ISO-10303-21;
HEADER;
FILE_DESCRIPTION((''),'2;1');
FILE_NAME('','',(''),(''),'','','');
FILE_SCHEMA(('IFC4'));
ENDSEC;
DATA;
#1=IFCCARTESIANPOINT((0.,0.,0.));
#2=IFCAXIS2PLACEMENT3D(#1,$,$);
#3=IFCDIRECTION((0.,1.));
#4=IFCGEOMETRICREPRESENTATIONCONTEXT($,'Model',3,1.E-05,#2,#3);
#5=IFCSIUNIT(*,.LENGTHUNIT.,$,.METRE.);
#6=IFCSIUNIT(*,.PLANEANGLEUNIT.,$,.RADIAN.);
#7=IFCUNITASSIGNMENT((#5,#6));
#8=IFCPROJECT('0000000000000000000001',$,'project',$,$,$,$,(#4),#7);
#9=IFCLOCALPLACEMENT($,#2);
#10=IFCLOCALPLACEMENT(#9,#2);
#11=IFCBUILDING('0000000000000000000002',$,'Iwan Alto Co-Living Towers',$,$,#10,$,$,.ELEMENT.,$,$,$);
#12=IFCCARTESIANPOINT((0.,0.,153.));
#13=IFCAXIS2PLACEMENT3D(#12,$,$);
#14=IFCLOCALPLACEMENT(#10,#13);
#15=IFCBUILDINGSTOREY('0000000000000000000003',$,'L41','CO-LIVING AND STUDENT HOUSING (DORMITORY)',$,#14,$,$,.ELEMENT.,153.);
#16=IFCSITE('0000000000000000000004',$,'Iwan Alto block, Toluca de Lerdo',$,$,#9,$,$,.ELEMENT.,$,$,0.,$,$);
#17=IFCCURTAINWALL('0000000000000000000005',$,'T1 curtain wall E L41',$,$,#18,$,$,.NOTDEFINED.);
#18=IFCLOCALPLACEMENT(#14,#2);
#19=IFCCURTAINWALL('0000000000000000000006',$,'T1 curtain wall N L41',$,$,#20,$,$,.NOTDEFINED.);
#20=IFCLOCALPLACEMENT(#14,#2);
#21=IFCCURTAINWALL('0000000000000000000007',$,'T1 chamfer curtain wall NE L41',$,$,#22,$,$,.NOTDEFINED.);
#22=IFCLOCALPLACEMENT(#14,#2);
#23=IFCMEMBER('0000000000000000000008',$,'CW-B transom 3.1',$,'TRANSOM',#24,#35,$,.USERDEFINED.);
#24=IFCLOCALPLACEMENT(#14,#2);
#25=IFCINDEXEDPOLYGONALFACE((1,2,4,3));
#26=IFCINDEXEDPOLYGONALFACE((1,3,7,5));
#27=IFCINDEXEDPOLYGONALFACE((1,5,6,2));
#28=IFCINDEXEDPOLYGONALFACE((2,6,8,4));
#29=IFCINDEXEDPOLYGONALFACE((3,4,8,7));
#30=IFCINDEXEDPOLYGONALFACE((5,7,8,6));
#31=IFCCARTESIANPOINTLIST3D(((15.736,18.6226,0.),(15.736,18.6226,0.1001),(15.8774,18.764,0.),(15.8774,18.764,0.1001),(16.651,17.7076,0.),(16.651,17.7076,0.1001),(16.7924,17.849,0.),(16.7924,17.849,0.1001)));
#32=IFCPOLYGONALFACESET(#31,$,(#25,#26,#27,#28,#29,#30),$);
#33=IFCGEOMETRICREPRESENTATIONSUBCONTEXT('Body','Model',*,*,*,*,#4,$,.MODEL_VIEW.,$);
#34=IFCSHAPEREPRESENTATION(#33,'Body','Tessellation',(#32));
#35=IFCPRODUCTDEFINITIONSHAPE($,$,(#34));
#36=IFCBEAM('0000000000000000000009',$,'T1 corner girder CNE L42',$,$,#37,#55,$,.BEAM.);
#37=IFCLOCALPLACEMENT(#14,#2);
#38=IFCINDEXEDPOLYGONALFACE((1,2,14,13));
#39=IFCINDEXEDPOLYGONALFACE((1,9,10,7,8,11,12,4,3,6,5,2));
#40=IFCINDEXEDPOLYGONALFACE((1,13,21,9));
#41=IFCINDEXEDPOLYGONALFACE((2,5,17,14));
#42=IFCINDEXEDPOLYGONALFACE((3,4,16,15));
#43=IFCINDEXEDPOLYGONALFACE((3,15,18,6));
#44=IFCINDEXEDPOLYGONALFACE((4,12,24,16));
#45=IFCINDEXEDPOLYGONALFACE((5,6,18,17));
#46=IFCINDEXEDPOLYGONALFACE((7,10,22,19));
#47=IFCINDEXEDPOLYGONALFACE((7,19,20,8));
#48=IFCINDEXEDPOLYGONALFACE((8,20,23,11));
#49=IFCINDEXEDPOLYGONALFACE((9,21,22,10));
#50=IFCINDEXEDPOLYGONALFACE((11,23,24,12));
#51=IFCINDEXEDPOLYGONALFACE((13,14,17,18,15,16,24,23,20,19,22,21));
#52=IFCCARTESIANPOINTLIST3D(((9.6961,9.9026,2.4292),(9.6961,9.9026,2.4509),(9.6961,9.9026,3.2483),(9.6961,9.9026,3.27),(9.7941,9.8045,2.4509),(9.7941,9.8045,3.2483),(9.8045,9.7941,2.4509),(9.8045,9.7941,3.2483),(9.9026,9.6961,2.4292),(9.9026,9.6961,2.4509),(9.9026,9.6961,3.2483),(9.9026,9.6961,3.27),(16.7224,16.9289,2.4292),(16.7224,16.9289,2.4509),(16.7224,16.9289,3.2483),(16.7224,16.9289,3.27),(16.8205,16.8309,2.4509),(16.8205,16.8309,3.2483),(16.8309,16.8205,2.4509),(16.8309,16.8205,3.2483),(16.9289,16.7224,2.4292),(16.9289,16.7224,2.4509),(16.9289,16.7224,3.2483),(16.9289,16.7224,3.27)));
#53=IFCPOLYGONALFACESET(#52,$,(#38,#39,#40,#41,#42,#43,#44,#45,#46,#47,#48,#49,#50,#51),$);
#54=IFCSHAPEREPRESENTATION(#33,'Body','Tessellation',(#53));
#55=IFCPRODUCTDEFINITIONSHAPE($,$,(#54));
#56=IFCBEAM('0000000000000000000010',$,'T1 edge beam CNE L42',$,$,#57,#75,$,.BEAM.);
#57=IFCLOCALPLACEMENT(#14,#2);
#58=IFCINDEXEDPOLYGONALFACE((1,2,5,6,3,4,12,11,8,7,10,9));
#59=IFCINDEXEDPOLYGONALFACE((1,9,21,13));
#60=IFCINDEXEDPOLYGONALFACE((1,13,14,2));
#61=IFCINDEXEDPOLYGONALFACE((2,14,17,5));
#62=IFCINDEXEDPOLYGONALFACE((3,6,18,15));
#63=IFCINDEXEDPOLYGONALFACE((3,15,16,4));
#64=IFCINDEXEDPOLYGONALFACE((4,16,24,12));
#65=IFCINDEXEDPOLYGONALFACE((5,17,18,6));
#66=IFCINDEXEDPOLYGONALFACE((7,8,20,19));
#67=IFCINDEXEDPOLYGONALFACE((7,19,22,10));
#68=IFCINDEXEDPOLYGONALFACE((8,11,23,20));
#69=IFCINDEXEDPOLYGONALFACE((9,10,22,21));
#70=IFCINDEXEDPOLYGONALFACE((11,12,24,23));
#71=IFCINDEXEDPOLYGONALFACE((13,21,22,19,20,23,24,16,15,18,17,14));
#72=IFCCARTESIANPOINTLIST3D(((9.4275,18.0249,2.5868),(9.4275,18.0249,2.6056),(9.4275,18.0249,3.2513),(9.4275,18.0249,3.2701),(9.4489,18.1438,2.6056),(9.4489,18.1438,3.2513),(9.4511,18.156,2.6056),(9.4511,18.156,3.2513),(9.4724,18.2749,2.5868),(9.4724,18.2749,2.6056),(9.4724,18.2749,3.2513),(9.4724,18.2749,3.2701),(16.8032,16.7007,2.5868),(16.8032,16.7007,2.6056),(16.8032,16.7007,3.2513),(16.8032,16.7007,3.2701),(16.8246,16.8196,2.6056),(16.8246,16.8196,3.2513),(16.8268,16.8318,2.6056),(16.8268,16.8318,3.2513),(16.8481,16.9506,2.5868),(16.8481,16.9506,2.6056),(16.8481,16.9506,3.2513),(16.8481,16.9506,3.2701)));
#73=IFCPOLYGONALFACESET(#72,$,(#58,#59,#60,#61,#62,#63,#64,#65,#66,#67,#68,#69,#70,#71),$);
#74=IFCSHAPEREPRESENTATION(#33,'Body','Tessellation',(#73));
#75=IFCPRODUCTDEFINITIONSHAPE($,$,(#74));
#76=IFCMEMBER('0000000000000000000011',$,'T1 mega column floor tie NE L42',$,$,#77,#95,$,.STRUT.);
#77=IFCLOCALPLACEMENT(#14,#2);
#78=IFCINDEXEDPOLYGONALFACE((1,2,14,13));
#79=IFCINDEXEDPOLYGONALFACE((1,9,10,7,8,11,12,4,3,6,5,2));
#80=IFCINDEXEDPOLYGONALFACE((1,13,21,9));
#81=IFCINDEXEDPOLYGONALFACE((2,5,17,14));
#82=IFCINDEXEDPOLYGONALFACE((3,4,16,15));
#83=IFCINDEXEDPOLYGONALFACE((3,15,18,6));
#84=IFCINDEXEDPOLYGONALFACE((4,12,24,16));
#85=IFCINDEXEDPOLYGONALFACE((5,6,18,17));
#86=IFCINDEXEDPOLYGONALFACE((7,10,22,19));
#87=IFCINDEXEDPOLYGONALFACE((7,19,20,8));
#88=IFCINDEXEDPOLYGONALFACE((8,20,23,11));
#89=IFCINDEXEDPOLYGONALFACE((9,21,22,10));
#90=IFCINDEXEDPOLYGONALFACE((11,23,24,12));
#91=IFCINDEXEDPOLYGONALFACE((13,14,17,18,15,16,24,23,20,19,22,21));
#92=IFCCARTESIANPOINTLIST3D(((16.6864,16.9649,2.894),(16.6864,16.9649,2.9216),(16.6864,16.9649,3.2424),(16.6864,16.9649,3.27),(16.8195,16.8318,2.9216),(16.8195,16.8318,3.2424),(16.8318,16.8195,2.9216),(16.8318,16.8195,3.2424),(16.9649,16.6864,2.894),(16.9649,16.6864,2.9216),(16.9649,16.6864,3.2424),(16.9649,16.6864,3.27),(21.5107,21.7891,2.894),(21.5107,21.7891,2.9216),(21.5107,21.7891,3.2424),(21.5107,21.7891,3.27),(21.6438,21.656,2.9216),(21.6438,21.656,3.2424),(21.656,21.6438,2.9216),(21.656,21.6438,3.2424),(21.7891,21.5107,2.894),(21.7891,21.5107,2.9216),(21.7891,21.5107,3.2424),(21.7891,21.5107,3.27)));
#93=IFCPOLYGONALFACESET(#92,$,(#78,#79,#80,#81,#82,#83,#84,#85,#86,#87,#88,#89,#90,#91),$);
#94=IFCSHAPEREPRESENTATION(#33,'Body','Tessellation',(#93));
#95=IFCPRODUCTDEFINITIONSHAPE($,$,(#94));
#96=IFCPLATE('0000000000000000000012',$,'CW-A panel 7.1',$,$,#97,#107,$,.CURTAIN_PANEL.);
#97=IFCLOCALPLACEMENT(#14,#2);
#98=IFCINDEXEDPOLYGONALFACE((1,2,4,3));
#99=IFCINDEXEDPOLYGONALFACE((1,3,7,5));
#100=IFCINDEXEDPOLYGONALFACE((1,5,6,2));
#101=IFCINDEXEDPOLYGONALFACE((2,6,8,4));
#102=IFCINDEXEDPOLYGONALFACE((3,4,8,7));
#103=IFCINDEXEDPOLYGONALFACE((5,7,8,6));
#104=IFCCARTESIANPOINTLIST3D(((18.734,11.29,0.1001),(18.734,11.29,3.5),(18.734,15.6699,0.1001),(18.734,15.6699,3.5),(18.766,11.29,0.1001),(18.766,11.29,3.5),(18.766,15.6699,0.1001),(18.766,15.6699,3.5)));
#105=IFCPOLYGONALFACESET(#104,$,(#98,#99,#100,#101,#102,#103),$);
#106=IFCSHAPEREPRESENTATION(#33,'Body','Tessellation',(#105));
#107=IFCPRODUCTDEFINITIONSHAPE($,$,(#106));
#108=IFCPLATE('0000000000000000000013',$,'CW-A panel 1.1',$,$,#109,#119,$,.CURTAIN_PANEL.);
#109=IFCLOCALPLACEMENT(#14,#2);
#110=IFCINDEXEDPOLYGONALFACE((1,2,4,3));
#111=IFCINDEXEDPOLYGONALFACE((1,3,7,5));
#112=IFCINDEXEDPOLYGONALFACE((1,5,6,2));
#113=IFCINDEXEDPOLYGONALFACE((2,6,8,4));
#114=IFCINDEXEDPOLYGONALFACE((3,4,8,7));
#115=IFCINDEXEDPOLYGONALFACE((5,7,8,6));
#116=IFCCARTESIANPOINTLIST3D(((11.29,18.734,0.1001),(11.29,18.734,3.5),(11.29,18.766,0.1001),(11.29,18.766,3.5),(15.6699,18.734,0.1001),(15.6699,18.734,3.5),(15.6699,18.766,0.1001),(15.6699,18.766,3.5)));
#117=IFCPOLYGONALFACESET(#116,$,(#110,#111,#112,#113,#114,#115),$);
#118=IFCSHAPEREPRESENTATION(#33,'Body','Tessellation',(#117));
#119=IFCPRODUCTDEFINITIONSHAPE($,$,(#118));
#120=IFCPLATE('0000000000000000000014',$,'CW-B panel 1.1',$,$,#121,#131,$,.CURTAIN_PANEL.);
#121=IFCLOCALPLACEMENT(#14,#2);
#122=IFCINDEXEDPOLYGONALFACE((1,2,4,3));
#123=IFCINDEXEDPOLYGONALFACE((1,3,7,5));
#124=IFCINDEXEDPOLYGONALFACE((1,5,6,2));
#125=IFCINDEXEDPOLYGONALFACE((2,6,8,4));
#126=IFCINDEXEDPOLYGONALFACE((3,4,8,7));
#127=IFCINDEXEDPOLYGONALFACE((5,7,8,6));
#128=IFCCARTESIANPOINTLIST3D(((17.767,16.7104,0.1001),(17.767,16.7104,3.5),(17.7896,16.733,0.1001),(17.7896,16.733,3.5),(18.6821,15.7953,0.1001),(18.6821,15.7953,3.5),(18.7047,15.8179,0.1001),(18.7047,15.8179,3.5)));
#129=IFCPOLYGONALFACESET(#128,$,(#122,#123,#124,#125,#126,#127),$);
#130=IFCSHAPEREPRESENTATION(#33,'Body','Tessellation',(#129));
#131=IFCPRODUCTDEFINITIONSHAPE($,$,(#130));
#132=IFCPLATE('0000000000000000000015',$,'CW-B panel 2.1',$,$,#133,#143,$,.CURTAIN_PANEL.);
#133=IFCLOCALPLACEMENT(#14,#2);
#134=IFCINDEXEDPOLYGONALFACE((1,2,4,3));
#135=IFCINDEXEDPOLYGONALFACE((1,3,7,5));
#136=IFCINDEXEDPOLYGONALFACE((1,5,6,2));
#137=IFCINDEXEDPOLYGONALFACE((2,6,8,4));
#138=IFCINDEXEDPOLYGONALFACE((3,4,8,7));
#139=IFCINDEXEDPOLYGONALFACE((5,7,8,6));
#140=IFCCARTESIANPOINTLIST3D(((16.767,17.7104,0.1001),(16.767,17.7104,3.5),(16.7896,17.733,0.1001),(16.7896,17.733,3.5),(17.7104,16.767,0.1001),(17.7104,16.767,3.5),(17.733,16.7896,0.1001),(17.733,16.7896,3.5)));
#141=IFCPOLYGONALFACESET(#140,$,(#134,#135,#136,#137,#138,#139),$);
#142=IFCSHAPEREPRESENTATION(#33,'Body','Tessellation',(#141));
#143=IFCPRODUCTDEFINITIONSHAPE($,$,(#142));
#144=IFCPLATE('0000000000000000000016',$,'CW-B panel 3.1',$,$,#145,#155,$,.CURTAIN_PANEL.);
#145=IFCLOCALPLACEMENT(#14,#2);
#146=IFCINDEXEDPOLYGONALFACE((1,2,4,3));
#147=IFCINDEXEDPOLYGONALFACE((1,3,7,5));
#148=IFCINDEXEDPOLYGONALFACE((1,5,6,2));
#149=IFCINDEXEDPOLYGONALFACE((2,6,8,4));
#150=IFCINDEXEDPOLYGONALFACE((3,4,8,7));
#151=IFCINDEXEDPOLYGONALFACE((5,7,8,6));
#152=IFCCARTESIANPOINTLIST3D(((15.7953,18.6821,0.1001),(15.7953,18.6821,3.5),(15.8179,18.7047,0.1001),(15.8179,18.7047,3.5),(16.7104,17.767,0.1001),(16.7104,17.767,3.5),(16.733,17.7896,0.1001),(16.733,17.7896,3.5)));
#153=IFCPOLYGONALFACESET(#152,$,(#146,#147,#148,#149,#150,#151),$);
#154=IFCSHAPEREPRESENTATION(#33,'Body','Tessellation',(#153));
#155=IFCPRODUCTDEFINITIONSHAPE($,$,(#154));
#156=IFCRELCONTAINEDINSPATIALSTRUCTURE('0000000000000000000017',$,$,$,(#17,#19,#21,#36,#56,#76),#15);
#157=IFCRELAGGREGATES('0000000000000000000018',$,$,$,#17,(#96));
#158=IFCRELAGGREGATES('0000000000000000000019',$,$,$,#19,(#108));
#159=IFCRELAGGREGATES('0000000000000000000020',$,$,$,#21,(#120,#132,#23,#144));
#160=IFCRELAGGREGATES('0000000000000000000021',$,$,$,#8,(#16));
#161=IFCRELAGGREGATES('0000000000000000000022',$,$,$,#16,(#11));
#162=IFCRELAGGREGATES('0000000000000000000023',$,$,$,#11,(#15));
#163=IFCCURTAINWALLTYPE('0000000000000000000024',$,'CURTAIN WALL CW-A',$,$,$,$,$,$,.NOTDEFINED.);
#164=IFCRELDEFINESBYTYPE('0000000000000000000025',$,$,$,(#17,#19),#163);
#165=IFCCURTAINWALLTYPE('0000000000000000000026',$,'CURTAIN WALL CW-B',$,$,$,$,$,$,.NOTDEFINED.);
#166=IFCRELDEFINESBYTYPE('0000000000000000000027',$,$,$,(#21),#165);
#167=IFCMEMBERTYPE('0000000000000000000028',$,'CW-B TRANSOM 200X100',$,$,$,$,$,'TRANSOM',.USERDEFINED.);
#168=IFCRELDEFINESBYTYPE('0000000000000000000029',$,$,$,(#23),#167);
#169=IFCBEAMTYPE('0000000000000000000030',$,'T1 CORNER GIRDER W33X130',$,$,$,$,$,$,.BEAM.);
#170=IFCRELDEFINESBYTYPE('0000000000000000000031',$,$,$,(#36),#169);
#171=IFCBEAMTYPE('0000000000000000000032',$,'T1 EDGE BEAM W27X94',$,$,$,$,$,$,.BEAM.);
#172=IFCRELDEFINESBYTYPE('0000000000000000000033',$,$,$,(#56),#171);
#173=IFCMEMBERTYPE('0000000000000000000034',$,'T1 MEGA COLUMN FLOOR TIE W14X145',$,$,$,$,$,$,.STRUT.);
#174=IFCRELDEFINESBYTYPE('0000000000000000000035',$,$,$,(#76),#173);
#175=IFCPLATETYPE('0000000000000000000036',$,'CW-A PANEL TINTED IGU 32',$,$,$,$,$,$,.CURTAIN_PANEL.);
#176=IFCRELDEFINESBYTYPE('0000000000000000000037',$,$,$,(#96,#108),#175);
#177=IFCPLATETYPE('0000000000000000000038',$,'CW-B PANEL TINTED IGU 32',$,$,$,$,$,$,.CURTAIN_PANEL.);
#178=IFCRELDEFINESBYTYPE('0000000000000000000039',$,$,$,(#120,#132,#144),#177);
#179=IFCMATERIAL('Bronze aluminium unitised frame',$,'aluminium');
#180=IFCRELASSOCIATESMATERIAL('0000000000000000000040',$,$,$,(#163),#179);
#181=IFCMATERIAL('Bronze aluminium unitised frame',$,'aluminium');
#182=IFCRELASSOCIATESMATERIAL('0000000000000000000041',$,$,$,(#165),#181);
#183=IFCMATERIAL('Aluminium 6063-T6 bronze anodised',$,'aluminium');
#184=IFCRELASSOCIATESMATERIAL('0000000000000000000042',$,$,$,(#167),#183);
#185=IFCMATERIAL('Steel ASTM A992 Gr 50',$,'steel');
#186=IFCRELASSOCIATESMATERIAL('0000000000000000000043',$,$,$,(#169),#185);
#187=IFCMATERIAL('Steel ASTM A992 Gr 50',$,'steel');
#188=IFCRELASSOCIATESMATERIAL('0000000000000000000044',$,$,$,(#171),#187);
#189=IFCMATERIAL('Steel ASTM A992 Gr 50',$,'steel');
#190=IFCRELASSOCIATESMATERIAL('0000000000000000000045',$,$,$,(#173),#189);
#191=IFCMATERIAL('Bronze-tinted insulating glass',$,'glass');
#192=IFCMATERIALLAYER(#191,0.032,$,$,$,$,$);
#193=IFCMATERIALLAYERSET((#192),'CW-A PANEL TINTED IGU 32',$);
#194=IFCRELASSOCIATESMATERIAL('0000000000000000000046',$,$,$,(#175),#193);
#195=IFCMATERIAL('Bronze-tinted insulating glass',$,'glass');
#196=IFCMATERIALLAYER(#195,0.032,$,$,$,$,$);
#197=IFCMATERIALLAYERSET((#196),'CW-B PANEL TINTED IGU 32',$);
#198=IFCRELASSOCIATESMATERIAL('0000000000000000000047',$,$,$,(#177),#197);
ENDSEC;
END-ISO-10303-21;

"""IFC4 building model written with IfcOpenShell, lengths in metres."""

from ifc_helpers import new_model, si_unit, direction, frame, origin, origin_2d, place, context, subcontext, project, spatial, rectangle, i_section, extrude, material, layer, layer_set, material_profile, profile_set, type_object, element, aggregate, save


model = new_model("IFC4")

# Units and contexts
model_context = context("Model", 3, precision=1e-05, world=origin(), true_north=direction((0.0, 1.0)))
body_context = subcontext(model_context, "Body", "Model", "MODEL_VIEW")
ifc_project = project(units=[si_unit("LENGTHUNIT", "METRE"), si_unit("PLANEANGLEUNIT", "RADIAN")], contexts=[model_context])

# Site, building, storey
site_placement = place(None, origin())
site = spatial("IfcSite", under=ifc_project, at=site_placement, Name="Iwan Alto block, Toluca de Lerdo", CompositionType="ELEMENT", RefElevation=0.0)
building_placement = place(site_placement, origin())
building = spatial("IfcBuilding", under=site, at=building_placement, Name="Iwan Alto Co-Living Towers", CompositionType="ELEMENT")
storey_placement = place(building_placement, frame((0.0, 0.0, 153.0)))
storey = spatial("IfcBuildingStorey", under=building, at=storey_placement, Name="L41", Description="CO-LIVING AND STUDENT HOUSING (DORMITORY)", CompositionType="ELEMENT", Elevation=153.0)

# Curtain walls
ifc_material_1 = material(Name="Bronze aluminium unitised frame", Category="aluminium")
curtain_wall_type_1 = type_object("IfcCurtainWallType", Name="CURTAIN WALL CW-A", PredefinedType="NOTDEFINED", material=ifc_material_1)
curtain_wall_1_placement = place(storey_placement, origin())
curtain_wall_1 = element("IfcCurtainWall", 1, at=curtain_wall_1_placement, inside=storey, type_object=curtain_wall_type_1, Name="T1 curtain wall E L41", PredefinedType="NOTDEFINED")
curtain_wall_2_placement = place(storey_placement, origin())
curtain_wall_2 = element("IfcCurtainWall", 2, at=curtain_wall_2_placement, inside=storey, type_object=curtain_wall_type_1, Name="T1 curtain wall N L41", PredefinedType="NOTDEFINED")

# Curtain wall, member
ifc_material_2 = material(Name="Bronze aluminium unitised frame", Category="aluminium")
curtain_wall_type_2 = type_object("IfcCurtainWallType", Name="CURTAIN WALL CW-B", PredefinedType="NOTDEFINED", material=ifc_material_2)
curtain_wall_3_placement = place(storey_placement, origin())
curtain_wall_3 = element("IfcCurtainWall", 3, at=curtain_wall_3_placement, inside=storey, type_object=curtain_wall_type_2, Name="T1 chamfer curtain wall NE L41", PredefinedType="NOTDEFINED")
ifc_material_3 = material(Name="Aluminium 6063-T6 bronze anodised", Category="aluminium")
ifc_material_profile_1 = material_profile(ifc_material_3, rectangle(XDim=0.2, YDim=0.1001, at=origin_2d()), Name="AL 200X100")
ifc_profile_set_1 = profile_set([ifc_material_profile_1], Name="Aluminium 6063-T6 bronze anodised")
member_type_1 = type_object("IfcMemberType", Name="CW-B TRANSOM 200X100", ElementType="TRANSOM", PredefinedType="USERDEFINED", material=ifc_profile_set_1)
member_1_placement = place(storey_placement, frame((16.7217, 17.7783, 0.05), z_axis=(-0.707107, 0.707107, 0.0), x_axis=(-0.707107, -0.707107, 0.0)))
member_1 = element("IfcMember", 4, at=member_1_placement, type_object=member_type_1, Name="CW-B transom 3.1", ObjectType="TRANSOM", PredefinedType="USERDEFINED", context=body_context, shape_type="SweptSolid", body=[
    extrude(rectangle(XDim=0.2, YDim=0.1001, at=origin_2d()), origin(), (0.0, 0.0, 1.0), 1.2939),
])

# Beams
ifc_material_4 = material(Name="Steel ASTM A992 Gr 50", Category="steel")
ifc_material_profile_2 = material_profile(ifc_material_4, i_section(OverallWidth=0.292, OverallDepth=0.8408, WebThickness=0.0146, FlangeThickness=0.0217, at=origin_2d()), Name="W33X130")
ifc_profile_set_2 = profile_set([ifc_material_profile_2], Name="Steel ASTM A992 Gr 50")
beam_type_1 = type_object("IfcBeamType", Name="T1 CORNER GIRDER W33X130", PredefinedType="BEAM", material=ifc_profile_set_2)
beam_1_placement = place(storey_placement, frame((16.8257, 16.8257, 2.8496), z_axis=(-0.707107, -0.707107, 0.0), x_axis=(0.707107, -0.707107, 0.0)))
element("IfcBeam", 5, at=beam_1_placement, inside=storey, type_object=beam_type_1, Name="T1 corner girder CNE L42", PredefinedType="BEAM", context=body_context, shape_type="SweptSolid", body=[
    extrude(i_section(OverallWidth=0.292, OverallDepth=0.8408, WebThickness=0.0146, FlangeThickness=0.0217, at=origin_2d()), origin(), (0.0, 0.0, 1.0), 9.9368),
])
ifc_material_5 = material(Name="Steel ASTM A992 Gr 50", Category="steel")
ifc_material_profile_3 = material_profile(ifc_material_5, i_section(OverallWidth=0.2539, OverallDepth=0.6833, WebThickness=0.0125, FlangeThickness=0.0188, at=origin_2d()), Name="W27X94")
ifc_profile_set_3 = profile_set([ifc_material_profile_3], Name="Steel ASTM A992 Gr 50")
beam_type_2 = type_object("IfcBeamType", Name="T1 EDGE BEAM W27X94", PredefinedType="BEAM", material=ifc_profile_set_3)
beam_2_placement = place(storey_placement, frame((16.8257, 16.8257, 2.9285), z_axis=(-0.984263, 0.176712, 0.0), x_axis=(-0.176712, -0.984263, 0.0)))
element("IfcBeam", 6, at=beam_2_placement, inside=storey, type_object=beam_type_2, Name="T1 edge beam CNE L42", PredefinedType="BEAM", context=body_context, shape_type="SweptSolid", body=[
    extrude(i_section(OverallWidth=0.2539, OverallDepth=0.6833, WebThickness=0.0125, FlangeThickness=0.0188, at=origin_2d()), origin(), (0.0, 0.0, 1.0), 7.4937),
])

# Member
ifc_material_6 = material(Name="Steel ASTM A992 Gr 50", Category="steel")
ifc_material_profile_4 = material_profile(ifc_material_6, i_section(OverallWidth=0.3938, OverallDepth=0.376, WebThickness=0.0173, FlangeThickness=0.0276, at=origin_2d()), Name="W14X145")
ifc_profile_set_4 = profile_set([ifc_material_profile_4], Name="Steel ASTM A992 Gr 50")
member_type_2 = type_object("IfcMemberType", Name="T1 MEGA COLUMN FLOOR TIE W14X145", PredefinedType="STRUT", material=ifc_profile_set_4)
member_2_placement = place(storey_placement, frame((21.6499, 21.6499, 3.082), z_axis=(-0.707107, -0.707107, 0.0), x_axis=(0.707107, -0.707107, 0.0)))
element("IfcMember", 7, at=member_2_placement, inside=storey, type_object=member_type_2, Name="T1 mega column floor tie NE L42", PredefinedType="STRUT", context=body_context, shape_type="SweptSolid", body=[
    extrude(i_section(OverallWidth=0.3938, OverallDepth=0.376, WebThickness=0.0173, FlangeThickness=0.0276, at=origin_2d()), origin(), (0.0, 0.0, 1.0), 6.8225),
])

# Plates
ifc_material_7 = material(Name="Bronze-tinted insulating glass", Category="glass")
ifc_layer_1 = layer(ifc_material_7, 0.032)
ifc_layer_set_1 = layer_set([ifc_layer_1], Name="CW-A PANEL TINTED IGU 32")
plate_type_1 = type_object("IfcPlateType", Name="CW-A PANEL TINTED IGU 32", PredefinedType="CURTAIN_PANEL", material=ifc_layer_set_1)
plate_1_placement = place(storey_placement, frame((18.75, 13.48, 0.1001), z_axis=(0.0, 0.0, 1.0), x_axis=(0.0, 1.0, 0.0)))
plate_1 = element("IfcPlate", 8, at=plate_1_placement, type_object=plate_type_1, Name="CW-A panel 7.1", PredefinedType="CURTAIN_PANEL", context=body_context, shape_type="SweptSolid", body=[
    extrude(rectangle(XDim=4.3799, YDim=0.032, at=origin_2d()), origin(), (0.0, 0.0, 1.0), 3.3999),
])
aggregate(curtain_wall_1, [plate_1])
plate_2_placement = place(storey_placement, frame((13.48, 18.75, 0.1001), z_axis=(0.0, 0.0, 1.0), x_axis=(-1.0, 0.0, 0.0)))
plate_2 = element("IfcPlate", 9, at=plate_2_placement, type_object=plate_type_1, Name="CW-A panel 1.1", PredefinedType="CURTAIN_PANEL", context=body_context, shape_type="SweptSolid", body=[
    extrude(rectangle(XDim=4.3799, YDim=0.032, at=origin_2d()), origin(), (0.0, 0.0, 1.0), 3.3999),
])
aggregate(curtain_wall_2, [plate_2])
ifc_material_8 = material(Name="Bronze-tinted insulating glass", Category="glass")
ifc_layer_2 = layer(ifc_material_8, 0.032)
ifc_layer_set_2 = layer_set([ifc_layer_2], Name="CW-B PANEL TINTED IGU 32")
plate_type_2 = type_object("IfcPlateType", Name="CW-B PANEL TINTED IGU 32", PredefinedType="CURTAIN_PANEL", material=ifc_layer_set_2)
plate_3_placement = place(storey_placement, frame((18.2358, 16.2642, 0.1001), z_axis=(0.0, 0.0, 1.0), x_axis=(-0.707107, 0.707107, 0.0)))
plate_3 = element("IfcPlate", 10, at=plate_3_placement, type_object=plate_type_2, Name="CW-B panel 1.1", PredefinedType="CURTAIN_PANEL", context=body_context, shape_type="SweptSolid", body=[
    extrude(rectangle(XDim=1.2942, YDim=0.032, at=origin_2d()), origin(), (0.0, 0.0, 1.0), 3.3999),
])
plate_4_placement = place(storey_placement, frame((17.25, 17.25, 0.1001), z_axis=(0.0, 0.0, 1.0), x_axis=(-0.707107, 0.707107, 0.0)))
plate_4 = element("IfcPlate", 11, at=plate_4_placement, type_object=plate_type_2, Name="CW-B panel 2.1", PredefinedType="CURTAIN_PANEL", context=body_context, shape_type="SweptSolid", body=[
    extrude(rectangle(XDim=1.3342, YDim=0.032, at=origin_2d()), origin(), (0.0, 0.0, 1.0), 3.3999),
])
plate_5_placement = place(storey_placement, frame((16.2642, 18.2358, 0.1001), z_axis=(0.0, 0.0, 1.0), x_axis=(-0.707107, 0.707107, 0.0)))
plate_5 = element("IfcPlate", 12, at=plate_5_placement, type_object=plate_type_2, Name="CW-B panel 3.1", PredefinedType="CURTAIN_PANEL", context=body_context, shape_type="SweptSolid", body=[
    extrude(rectangle(XDim=1.2942, YDim=0.032, at=origin_2d()), origin(), (0.0, 0.0, 1.0), 3.3999),
])
aggregate(curtain_wall_3, [plate_3, plate_4, member_1, plate_5])

save(model, "model.ifc")
